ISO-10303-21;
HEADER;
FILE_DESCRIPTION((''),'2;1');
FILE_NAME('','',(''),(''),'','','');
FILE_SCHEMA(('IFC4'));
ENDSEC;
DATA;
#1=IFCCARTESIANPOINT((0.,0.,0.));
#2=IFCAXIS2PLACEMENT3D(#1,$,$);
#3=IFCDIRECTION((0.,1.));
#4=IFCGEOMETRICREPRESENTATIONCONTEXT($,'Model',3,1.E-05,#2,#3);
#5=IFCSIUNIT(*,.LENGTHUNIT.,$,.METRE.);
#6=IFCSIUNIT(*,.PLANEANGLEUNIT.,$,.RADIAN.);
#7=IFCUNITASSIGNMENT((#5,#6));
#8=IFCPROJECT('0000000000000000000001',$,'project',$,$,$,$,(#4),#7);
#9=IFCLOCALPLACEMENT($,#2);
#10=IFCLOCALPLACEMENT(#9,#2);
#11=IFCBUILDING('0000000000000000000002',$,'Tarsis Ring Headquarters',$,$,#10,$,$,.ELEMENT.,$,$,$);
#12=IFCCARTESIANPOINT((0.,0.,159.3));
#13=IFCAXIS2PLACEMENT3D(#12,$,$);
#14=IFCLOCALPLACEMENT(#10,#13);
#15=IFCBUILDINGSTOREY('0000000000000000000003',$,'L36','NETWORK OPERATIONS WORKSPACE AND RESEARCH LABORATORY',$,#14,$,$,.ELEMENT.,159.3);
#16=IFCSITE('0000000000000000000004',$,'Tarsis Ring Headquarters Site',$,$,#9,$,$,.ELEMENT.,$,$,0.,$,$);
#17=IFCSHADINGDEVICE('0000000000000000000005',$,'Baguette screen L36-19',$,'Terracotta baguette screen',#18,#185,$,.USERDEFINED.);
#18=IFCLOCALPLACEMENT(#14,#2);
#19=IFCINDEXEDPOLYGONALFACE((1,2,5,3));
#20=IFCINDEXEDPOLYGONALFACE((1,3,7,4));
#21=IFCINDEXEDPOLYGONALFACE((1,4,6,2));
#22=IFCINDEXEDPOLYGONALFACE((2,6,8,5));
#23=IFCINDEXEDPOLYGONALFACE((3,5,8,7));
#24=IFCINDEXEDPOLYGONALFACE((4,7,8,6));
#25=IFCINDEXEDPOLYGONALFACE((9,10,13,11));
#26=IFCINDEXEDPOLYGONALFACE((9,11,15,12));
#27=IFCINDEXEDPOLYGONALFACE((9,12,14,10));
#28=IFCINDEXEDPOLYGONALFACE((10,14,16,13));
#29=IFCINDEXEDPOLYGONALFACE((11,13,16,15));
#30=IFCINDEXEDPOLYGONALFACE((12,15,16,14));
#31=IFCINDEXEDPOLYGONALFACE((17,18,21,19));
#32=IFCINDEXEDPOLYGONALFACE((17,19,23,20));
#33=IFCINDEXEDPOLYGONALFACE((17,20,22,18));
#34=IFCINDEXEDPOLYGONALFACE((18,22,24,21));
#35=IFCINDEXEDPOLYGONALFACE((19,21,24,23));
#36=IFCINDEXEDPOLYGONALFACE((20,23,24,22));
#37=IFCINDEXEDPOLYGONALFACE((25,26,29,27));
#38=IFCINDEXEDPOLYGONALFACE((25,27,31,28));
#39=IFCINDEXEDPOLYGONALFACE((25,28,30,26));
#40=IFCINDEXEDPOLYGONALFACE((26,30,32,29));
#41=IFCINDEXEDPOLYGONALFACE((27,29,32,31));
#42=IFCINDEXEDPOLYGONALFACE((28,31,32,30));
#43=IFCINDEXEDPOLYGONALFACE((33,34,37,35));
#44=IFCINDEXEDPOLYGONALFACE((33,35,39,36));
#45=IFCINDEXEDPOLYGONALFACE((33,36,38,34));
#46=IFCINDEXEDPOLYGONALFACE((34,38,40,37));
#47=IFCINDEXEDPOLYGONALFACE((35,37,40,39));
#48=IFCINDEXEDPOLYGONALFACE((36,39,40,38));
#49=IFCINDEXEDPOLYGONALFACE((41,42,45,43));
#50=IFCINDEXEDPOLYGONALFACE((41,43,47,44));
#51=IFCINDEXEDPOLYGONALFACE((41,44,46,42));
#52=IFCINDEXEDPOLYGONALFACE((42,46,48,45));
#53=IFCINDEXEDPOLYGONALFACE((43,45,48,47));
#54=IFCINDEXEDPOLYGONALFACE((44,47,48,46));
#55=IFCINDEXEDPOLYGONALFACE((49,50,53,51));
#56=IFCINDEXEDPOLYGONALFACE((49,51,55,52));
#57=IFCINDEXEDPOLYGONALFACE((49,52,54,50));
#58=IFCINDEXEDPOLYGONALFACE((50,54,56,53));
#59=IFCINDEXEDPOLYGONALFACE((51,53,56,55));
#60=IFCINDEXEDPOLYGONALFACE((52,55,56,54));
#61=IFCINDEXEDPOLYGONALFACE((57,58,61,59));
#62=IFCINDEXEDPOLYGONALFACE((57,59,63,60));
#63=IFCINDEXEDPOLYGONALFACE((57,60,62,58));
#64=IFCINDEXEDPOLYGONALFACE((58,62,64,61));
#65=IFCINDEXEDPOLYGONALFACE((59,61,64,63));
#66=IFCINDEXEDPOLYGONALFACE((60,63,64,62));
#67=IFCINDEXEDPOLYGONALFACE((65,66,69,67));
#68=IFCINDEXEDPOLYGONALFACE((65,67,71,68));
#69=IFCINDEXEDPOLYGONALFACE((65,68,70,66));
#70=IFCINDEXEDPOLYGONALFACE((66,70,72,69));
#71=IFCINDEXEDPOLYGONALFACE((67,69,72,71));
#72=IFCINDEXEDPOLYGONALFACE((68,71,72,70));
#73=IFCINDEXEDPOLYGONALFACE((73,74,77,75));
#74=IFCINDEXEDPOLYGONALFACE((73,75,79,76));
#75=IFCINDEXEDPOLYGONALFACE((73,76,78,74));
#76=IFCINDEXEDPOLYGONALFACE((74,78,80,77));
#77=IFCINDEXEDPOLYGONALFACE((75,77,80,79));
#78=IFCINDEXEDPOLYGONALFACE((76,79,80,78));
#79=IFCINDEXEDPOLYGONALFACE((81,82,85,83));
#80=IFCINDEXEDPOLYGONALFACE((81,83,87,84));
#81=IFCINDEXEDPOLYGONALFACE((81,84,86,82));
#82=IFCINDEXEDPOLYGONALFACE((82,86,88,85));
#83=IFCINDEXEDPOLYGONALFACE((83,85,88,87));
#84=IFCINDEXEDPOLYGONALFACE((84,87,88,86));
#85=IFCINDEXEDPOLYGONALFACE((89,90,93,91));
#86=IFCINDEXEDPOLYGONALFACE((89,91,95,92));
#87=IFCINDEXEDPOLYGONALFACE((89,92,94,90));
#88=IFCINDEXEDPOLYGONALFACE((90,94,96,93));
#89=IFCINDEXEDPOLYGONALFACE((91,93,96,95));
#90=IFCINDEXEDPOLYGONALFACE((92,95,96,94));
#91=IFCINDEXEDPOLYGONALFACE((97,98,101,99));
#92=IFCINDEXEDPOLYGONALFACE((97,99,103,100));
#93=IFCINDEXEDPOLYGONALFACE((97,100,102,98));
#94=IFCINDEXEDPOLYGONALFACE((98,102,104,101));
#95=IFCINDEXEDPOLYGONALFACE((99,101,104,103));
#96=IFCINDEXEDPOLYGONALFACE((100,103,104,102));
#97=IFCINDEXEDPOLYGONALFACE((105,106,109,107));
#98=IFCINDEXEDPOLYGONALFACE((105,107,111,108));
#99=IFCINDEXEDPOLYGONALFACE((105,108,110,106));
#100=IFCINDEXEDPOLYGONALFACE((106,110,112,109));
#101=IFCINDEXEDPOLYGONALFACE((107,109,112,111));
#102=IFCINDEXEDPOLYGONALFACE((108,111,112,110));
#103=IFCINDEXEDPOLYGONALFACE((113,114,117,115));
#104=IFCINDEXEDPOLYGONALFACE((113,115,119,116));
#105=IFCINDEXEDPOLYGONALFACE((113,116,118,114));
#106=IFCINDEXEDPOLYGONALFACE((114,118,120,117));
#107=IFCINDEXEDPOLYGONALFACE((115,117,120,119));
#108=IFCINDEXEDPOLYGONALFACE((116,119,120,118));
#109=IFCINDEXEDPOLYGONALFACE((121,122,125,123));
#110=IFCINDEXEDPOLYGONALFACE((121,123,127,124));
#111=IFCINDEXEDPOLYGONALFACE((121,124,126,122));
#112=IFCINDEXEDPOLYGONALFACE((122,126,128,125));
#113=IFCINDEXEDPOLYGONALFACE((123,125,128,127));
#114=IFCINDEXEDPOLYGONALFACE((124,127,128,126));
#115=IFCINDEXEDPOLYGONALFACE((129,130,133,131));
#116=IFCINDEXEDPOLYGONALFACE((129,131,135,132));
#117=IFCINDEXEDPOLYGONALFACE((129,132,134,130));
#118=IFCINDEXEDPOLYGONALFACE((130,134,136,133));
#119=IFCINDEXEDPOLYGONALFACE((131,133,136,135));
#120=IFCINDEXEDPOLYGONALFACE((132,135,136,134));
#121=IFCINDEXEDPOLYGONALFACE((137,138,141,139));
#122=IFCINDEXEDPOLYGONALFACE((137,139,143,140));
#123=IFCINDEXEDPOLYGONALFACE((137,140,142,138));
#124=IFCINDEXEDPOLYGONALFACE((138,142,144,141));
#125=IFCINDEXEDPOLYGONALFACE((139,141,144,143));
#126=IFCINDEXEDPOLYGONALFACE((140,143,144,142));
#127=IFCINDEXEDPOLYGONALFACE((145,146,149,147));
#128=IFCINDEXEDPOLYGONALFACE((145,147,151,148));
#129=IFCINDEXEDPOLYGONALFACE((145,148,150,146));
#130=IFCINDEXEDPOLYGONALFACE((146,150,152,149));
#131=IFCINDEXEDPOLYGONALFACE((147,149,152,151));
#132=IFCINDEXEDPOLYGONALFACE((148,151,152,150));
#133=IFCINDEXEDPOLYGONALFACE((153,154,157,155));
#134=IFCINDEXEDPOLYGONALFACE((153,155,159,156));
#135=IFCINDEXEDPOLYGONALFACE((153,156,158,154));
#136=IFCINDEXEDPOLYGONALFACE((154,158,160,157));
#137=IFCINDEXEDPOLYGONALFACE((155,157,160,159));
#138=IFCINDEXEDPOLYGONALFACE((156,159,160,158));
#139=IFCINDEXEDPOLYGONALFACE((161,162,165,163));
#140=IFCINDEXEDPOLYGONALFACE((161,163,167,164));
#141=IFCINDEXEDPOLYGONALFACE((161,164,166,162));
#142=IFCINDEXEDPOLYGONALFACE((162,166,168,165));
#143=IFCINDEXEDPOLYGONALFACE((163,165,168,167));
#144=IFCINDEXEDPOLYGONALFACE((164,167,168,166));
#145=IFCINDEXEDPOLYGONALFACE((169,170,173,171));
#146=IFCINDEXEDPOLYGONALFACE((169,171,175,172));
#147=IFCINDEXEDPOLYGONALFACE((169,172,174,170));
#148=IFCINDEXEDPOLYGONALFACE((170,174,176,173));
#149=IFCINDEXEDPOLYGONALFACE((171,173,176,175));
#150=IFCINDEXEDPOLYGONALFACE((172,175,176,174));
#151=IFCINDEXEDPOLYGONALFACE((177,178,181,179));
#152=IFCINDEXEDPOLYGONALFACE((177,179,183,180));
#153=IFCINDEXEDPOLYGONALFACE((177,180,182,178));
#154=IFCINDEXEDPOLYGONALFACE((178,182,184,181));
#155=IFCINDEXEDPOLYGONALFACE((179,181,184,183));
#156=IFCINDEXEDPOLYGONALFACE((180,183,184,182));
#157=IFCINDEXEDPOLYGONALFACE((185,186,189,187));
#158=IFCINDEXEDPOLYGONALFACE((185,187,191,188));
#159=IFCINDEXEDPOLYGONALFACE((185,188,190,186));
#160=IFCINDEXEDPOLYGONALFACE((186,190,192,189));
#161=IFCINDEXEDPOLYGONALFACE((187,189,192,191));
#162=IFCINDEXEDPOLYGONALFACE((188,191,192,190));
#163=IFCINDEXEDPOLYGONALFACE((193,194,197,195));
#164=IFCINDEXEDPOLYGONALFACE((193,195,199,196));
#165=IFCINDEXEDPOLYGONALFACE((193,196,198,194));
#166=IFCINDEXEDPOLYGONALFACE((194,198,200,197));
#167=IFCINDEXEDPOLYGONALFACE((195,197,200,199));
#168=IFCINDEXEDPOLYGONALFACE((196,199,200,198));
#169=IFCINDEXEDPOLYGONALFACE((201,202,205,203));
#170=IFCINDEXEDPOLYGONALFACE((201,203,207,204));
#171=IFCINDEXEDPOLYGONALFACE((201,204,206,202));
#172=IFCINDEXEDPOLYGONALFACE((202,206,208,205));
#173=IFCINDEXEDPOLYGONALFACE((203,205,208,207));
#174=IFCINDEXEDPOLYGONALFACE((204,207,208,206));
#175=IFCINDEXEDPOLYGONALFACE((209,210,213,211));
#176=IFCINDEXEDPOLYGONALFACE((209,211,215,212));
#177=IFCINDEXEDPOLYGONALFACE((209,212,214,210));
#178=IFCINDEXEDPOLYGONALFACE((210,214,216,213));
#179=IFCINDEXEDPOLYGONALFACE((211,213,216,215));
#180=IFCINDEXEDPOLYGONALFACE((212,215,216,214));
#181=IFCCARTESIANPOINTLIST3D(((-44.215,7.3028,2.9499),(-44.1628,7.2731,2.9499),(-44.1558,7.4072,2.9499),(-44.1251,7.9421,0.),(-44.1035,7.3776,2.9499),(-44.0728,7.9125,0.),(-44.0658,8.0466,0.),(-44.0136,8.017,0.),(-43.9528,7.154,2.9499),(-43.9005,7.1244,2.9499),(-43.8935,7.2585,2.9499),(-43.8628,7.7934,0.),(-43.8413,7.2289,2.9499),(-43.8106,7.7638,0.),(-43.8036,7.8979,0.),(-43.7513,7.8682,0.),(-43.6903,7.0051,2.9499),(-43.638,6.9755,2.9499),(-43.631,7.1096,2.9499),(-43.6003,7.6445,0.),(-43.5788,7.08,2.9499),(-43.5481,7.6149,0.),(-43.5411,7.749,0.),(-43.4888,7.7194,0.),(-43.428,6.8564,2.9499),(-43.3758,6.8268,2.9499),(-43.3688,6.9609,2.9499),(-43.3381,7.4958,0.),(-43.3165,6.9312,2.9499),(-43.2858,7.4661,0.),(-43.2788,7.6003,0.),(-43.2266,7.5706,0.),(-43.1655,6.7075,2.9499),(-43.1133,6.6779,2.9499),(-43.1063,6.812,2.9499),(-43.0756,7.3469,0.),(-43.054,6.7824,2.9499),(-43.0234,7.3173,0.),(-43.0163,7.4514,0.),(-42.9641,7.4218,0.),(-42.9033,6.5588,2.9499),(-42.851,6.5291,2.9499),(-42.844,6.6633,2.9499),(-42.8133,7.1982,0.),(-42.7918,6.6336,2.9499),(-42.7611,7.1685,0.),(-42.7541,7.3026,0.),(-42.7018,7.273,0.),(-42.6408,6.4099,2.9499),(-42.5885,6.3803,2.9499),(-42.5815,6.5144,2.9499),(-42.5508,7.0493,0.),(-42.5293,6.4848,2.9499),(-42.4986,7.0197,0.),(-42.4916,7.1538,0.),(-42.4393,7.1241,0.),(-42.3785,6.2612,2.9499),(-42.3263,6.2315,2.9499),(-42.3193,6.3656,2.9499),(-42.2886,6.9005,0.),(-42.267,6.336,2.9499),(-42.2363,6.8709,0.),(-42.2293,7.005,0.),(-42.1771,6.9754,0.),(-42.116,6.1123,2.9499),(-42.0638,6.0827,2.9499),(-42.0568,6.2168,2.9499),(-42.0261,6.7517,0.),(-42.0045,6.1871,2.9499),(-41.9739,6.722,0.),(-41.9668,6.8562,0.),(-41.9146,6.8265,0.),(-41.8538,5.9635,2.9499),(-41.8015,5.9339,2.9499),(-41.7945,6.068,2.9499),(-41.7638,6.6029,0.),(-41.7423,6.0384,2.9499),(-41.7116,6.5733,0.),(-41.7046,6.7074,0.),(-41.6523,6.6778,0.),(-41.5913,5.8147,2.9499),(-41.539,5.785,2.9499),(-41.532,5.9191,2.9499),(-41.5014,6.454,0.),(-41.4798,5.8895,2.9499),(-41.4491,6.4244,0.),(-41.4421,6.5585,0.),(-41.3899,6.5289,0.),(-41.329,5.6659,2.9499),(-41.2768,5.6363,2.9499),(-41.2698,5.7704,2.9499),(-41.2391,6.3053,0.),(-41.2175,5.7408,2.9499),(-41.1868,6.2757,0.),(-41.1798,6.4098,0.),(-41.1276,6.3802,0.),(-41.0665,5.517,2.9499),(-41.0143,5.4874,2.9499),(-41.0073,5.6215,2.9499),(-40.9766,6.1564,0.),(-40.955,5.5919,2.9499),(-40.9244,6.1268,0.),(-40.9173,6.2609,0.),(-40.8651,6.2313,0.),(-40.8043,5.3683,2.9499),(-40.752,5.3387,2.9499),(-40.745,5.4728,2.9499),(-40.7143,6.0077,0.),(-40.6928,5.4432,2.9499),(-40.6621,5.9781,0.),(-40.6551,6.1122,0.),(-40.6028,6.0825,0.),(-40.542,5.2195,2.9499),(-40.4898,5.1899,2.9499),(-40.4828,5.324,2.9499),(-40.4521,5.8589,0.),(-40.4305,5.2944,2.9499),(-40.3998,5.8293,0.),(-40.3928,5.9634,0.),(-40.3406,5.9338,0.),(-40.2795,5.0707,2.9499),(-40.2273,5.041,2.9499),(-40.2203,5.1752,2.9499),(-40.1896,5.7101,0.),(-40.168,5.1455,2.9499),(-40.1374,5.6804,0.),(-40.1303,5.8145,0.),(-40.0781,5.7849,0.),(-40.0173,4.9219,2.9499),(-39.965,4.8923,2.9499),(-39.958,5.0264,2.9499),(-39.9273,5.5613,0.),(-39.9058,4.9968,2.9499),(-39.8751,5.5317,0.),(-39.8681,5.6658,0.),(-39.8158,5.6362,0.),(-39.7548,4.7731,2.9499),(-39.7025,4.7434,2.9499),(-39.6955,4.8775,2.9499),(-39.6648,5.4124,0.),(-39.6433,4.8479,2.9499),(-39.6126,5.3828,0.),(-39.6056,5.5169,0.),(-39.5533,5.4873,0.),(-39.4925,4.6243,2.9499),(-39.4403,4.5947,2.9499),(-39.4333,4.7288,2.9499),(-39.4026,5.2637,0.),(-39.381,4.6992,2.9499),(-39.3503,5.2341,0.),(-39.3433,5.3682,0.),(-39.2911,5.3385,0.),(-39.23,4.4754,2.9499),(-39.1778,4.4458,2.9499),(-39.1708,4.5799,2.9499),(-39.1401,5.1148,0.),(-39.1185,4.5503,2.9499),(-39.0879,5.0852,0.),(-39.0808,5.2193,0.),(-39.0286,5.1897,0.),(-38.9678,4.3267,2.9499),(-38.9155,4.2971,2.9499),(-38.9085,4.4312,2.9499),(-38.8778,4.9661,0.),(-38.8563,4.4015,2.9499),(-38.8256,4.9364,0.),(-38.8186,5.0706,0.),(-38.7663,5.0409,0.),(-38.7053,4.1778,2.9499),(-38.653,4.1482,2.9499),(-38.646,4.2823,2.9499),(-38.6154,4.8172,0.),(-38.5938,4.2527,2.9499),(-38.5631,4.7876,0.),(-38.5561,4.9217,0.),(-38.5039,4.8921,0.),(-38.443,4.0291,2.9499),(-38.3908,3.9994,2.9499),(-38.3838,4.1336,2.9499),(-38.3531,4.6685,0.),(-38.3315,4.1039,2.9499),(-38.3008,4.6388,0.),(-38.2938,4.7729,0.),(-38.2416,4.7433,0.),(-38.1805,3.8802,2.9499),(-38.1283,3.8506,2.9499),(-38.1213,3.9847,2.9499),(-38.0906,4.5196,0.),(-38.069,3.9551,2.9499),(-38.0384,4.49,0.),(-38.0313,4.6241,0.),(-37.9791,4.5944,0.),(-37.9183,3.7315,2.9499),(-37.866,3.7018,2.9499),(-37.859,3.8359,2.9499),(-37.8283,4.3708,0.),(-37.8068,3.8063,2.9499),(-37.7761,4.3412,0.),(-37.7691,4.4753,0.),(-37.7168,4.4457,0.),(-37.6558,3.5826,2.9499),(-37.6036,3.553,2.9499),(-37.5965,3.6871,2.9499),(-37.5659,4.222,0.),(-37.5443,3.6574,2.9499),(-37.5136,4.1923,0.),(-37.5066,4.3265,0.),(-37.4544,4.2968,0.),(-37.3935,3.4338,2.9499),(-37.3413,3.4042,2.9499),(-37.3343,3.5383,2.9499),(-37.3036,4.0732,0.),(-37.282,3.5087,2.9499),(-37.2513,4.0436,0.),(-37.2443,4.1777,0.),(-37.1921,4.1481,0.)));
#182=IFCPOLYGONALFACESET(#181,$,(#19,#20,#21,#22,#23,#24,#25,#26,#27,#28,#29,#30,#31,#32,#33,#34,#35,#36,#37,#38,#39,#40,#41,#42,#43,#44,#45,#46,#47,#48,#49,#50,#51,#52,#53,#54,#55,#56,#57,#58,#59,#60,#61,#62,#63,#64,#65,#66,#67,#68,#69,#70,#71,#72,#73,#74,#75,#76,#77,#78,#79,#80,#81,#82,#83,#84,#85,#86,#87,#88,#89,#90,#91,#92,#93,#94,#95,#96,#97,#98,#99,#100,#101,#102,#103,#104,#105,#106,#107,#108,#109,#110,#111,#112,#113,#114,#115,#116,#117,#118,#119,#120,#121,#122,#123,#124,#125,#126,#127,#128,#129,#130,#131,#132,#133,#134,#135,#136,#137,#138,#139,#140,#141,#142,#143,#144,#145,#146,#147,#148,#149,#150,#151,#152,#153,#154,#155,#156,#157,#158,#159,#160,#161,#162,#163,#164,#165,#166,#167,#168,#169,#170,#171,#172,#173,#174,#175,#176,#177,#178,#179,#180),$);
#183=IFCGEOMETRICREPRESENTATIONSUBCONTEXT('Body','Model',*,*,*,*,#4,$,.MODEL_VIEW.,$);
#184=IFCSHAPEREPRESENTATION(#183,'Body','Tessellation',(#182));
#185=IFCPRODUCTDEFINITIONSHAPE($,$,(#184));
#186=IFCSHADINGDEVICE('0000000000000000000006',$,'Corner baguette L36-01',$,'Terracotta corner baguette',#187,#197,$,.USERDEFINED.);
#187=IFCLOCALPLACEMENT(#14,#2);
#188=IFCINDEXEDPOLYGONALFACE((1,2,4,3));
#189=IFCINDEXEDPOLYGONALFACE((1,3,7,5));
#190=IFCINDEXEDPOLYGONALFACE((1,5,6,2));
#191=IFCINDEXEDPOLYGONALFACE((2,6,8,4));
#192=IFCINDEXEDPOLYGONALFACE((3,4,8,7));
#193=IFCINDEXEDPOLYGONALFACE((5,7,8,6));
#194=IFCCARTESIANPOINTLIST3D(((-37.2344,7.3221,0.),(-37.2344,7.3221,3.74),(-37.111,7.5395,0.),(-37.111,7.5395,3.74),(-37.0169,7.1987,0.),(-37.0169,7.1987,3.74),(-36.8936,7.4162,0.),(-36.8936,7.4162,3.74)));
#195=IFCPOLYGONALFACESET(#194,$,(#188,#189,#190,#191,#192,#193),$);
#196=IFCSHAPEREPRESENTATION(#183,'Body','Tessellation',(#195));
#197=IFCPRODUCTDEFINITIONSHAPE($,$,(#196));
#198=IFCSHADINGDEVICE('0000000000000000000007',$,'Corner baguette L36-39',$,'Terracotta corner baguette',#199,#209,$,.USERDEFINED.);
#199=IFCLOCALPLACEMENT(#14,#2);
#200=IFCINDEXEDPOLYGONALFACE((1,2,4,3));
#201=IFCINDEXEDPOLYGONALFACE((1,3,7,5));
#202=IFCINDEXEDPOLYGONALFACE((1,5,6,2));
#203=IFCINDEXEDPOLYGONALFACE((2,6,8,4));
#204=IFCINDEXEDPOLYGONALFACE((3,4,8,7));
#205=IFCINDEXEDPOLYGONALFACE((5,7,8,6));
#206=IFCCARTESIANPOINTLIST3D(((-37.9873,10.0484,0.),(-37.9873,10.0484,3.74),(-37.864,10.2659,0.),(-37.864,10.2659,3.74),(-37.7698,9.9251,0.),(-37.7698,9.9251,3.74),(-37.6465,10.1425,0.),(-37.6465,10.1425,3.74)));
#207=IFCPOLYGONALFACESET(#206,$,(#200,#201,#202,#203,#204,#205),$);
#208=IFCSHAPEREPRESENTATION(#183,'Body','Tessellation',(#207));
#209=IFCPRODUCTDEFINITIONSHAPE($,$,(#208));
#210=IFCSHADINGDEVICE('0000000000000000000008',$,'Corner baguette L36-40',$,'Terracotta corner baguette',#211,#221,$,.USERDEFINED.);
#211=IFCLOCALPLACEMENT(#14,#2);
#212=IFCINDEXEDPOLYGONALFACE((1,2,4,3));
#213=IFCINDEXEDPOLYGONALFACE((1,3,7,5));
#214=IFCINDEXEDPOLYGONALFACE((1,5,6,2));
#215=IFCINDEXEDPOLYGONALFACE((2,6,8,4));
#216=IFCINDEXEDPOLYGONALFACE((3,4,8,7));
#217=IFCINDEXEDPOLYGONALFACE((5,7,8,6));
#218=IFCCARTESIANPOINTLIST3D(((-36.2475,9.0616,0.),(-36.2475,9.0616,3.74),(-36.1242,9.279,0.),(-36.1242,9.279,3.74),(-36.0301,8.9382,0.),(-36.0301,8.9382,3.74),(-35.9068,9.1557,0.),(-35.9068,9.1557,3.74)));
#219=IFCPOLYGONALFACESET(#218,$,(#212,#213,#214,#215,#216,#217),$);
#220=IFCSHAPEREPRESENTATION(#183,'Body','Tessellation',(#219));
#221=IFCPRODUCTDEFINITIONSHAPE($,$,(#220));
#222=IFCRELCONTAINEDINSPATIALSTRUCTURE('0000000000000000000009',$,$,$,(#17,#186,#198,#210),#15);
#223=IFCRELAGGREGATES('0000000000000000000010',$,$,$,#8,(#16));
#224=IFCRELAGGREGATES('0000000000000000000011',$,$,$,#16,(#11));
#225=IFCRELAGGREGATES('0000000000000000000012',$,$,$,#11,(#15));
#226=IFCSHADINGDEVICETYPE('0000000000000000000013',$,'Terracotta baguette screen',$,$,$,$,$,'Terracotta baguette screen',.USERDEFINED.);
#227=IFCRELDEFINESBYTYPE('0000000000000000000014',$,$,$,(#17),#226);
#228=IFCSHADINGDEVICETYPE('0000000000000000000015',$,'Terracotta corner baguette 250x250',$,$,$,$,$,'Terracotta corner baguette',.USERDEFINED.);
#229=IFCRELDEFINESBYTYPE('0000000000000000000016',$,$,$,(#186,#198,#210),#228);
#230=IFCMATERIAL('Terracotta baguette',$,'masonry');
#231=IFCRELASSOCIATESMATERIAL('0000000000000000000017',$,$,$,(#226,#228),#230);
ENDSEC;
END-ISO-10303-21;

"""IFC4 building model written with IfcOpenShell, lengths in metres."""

from ifc_helpers import new_model, si_unit, direction, frame, frame_2d, origin, origin_2d, place, context, subcontext, project, spatial, rectangle, composite_profile, extrude, material, type_object, element, save


model = new_model("IFC4")

# Units and contexts
model_context = context("Model", 3, precision=1e-05, world=origin(), true_north=direction((0.0, 1.0)))
body_context = subcontext(model_context, "Body", "Model", "MODEL_VIEW")
ifc_project = project(units=[si_unit("LENGTHUNIT", "METRE"), si_unit("PLANEANGLEUNIT", "RADIAN")], contexts=[model_context])

# Site, building, storey
site_placement = place(None, origin())
site = spatial("IfcSite", under=ifc_project, at=site_placement, Name="Tarsis Ring Headquarters Site", CompositionType="ELEMENT", RefElevation=0.0)
building_placement = place(site_placement, origin())
building = spatial("IfcBuilding", under=site, at=building_placement, Name="Tarsis Ring Headquarters", CompositionType="ELEMENT")
storey_placement = place(building_placement, frame((0.0, 0.0, 159.3)))
storey = spatial("IfcBuildingStorey", under=building, at=storey_placement, Name="L36", Description="NETWORK OPERATIONS WORKSPACE AND RESEARCH LABORATORY", CompositionType="ELEMENT", Elevation=159.3)

# Shading devices
ifc_material_1 = material(Name="Terracotta baguette", Category="masonry")
shading_device_type_1 = type_object("IfcShadingDeviceType", Name="Terracotta baguette screen", ElementType="Terracotta baguette screen", PredefinedType="USERDEFINED", material=ifc_material_1)
shading_device_1_placement = place(storey_placement, frame((-44.0955, 7.9944, 0.0), z_axis=(0.0, 0.0, 1.0), x_axis=(0.869837, -0.493342, 0.0)))
element("IfcShadingDevice", 1, at=shading_device_1_placement, inside=storey, type_object=shading_device_type_1, Name="Baguette screen L36-19", ObjectType="Terracotta baguette screen", PredefinedType="USERDEFINED", context=body_context, shape_type="SweptSolid", body=[
    extrude(composite_profile([rectangle(XDim=0.0601, YDim=0.1201, at=frame_2d((0.03, 0.0))), rectangle(XDim=0.0601, YDim=0.1201, at=frame_2d((0.3315, 0.0))), rectangle(XDim=0.0601, YDim=0.1201, at=frame_2d((0.6333, 0.0))), rectangle(XDim=0.0601, YDim=0.1201, at=frame_2d((0.9348, 0.0))), rectangle(XDim=0.0601, YDim=0.1201, at=frame_2d((1.2366, 0.0))), rectangle(XDim=0.0601, YDim=0.1201, at=frame_2d((1.5381, 0.0))), rectangle(XDim=0.0601, YDim=0.1201, at=frame_2d((1.8398, 0.0))), rectangle(XDim=0.0601, YDim=0.1201, at=frame_2d((2.1414, 0.0))), rectangle(XDim=0.0601, YDim=0.1201, at=frame_2d((2.4431, 0.0))), rectangle(XDim=0.0601, YDim=0.1201, at=frame_2d((2.7446, 0.0))), rectangle(XDim=0.0601, YDim=0.1201, at=frame_2d((3.0464, 0.0))), rectangle(XDim=0.0601, YDim=0.1201, at=frame_2d((3.3479, 0.0))), rectangle(XDim=0.0601, YDim=0.1201, at=frame_2d((3.6497, 0.0))), rectangle(XDim=0.0601, YDim=0.1201, at=frame_2d((3.9512, 0.0))), rectangle(XDim=0.0601, YDim=0.1201, at=frame_2d((4.2527, 0.0))), rectangle(XDim=0.0601, YDim=0.1201, at=frame_2d((4.5544, 0.0))), rectangle(XDim=0.0601, YDim=0.1201, at=frame_2d((4.856, 0.0))), rectangle(XDim=0.0601, YDim=0.1201, at=frame_2d((5.1577, 0.0))), rectangle(XDim=0.0601, YDim=0.1201, at=frame_2d((5.4592, 0.0))), rectangle(XDim=0.0601, YDim=0.1201, at=frame_2d((5.761, 0.0))), rectangle(XDim=0.0601, YDim=0.1201, at=frame_2d((6.0625, 0.0))), rectangle(XDim=0.0601, YDim=0.1201, at=frame_2d((6.3643, 0.0))), rectangle(XDim=0.0601, YDim=0.1201, at=frame_2d((6.6658, 0.0))), rectangle(XDim=0.0601, YDim=0.1201, at=frame_2d((6.9675, 0.0))), rectangle(XDim=0.0601, YDim=0.1201, at=frame_2d((7.269, 0.0))), rectangle(XDim=0.0601, YDim=0.1201, at=frame_2d((7.5708, 0.0))), rectangle(XDim=0.0601, YDim=0.1201, at=frame_2d((7.8723, 0.0)))]), origin(), (0.07855, -0.198865, 0.976874), 3.0198),
])
shading_device_type_2 = type_object("IfcShadingDeviceType", Name="Terracotta corner baguette 250x250", ElementType="Terracotta corner baguette", PredefinedType="USERDEFINED", material=ifc_material_1)
for number, where, z_axis, x_axis, name in (
    (2, (-37.064, 7.3691, 0.0), (0.0, 0.0, 1.0), (-0.493335, -0.86984, 0.0), "Corner baguette L36-01"),
    (3, (-37.8169, 10.0955, 0.0), (0.0, 0.0, 1.0), (-0.493335, -0.869839, 0.0), "Corner baguette L36-39"),
    (4, (-36.0771, 9.1086, 0.0), (0.0, 0.0, 1.0), (0.86984, -0.493335, 0.0), "Corner baguette L36-40"),
):
    element("IfcShadingDevice", number, at=place(storey_placement, frame(where, z_axis=z_axis, x_axis=x_axis)), inside=storey, type_object=shading_device_type_2, Name=name, ObjectType="Terracotta corner baguette", PredefinedType="USERDEFINED", context=body_context, shape_type="SweptSolid", body=[
        extrude(rectangle(XDim=0.25, YDim=0.25, at=origin_2d()), origin(), (0.0, 0.0, 1.0), 3.74),
    ])

save(model, "model.ifc")
